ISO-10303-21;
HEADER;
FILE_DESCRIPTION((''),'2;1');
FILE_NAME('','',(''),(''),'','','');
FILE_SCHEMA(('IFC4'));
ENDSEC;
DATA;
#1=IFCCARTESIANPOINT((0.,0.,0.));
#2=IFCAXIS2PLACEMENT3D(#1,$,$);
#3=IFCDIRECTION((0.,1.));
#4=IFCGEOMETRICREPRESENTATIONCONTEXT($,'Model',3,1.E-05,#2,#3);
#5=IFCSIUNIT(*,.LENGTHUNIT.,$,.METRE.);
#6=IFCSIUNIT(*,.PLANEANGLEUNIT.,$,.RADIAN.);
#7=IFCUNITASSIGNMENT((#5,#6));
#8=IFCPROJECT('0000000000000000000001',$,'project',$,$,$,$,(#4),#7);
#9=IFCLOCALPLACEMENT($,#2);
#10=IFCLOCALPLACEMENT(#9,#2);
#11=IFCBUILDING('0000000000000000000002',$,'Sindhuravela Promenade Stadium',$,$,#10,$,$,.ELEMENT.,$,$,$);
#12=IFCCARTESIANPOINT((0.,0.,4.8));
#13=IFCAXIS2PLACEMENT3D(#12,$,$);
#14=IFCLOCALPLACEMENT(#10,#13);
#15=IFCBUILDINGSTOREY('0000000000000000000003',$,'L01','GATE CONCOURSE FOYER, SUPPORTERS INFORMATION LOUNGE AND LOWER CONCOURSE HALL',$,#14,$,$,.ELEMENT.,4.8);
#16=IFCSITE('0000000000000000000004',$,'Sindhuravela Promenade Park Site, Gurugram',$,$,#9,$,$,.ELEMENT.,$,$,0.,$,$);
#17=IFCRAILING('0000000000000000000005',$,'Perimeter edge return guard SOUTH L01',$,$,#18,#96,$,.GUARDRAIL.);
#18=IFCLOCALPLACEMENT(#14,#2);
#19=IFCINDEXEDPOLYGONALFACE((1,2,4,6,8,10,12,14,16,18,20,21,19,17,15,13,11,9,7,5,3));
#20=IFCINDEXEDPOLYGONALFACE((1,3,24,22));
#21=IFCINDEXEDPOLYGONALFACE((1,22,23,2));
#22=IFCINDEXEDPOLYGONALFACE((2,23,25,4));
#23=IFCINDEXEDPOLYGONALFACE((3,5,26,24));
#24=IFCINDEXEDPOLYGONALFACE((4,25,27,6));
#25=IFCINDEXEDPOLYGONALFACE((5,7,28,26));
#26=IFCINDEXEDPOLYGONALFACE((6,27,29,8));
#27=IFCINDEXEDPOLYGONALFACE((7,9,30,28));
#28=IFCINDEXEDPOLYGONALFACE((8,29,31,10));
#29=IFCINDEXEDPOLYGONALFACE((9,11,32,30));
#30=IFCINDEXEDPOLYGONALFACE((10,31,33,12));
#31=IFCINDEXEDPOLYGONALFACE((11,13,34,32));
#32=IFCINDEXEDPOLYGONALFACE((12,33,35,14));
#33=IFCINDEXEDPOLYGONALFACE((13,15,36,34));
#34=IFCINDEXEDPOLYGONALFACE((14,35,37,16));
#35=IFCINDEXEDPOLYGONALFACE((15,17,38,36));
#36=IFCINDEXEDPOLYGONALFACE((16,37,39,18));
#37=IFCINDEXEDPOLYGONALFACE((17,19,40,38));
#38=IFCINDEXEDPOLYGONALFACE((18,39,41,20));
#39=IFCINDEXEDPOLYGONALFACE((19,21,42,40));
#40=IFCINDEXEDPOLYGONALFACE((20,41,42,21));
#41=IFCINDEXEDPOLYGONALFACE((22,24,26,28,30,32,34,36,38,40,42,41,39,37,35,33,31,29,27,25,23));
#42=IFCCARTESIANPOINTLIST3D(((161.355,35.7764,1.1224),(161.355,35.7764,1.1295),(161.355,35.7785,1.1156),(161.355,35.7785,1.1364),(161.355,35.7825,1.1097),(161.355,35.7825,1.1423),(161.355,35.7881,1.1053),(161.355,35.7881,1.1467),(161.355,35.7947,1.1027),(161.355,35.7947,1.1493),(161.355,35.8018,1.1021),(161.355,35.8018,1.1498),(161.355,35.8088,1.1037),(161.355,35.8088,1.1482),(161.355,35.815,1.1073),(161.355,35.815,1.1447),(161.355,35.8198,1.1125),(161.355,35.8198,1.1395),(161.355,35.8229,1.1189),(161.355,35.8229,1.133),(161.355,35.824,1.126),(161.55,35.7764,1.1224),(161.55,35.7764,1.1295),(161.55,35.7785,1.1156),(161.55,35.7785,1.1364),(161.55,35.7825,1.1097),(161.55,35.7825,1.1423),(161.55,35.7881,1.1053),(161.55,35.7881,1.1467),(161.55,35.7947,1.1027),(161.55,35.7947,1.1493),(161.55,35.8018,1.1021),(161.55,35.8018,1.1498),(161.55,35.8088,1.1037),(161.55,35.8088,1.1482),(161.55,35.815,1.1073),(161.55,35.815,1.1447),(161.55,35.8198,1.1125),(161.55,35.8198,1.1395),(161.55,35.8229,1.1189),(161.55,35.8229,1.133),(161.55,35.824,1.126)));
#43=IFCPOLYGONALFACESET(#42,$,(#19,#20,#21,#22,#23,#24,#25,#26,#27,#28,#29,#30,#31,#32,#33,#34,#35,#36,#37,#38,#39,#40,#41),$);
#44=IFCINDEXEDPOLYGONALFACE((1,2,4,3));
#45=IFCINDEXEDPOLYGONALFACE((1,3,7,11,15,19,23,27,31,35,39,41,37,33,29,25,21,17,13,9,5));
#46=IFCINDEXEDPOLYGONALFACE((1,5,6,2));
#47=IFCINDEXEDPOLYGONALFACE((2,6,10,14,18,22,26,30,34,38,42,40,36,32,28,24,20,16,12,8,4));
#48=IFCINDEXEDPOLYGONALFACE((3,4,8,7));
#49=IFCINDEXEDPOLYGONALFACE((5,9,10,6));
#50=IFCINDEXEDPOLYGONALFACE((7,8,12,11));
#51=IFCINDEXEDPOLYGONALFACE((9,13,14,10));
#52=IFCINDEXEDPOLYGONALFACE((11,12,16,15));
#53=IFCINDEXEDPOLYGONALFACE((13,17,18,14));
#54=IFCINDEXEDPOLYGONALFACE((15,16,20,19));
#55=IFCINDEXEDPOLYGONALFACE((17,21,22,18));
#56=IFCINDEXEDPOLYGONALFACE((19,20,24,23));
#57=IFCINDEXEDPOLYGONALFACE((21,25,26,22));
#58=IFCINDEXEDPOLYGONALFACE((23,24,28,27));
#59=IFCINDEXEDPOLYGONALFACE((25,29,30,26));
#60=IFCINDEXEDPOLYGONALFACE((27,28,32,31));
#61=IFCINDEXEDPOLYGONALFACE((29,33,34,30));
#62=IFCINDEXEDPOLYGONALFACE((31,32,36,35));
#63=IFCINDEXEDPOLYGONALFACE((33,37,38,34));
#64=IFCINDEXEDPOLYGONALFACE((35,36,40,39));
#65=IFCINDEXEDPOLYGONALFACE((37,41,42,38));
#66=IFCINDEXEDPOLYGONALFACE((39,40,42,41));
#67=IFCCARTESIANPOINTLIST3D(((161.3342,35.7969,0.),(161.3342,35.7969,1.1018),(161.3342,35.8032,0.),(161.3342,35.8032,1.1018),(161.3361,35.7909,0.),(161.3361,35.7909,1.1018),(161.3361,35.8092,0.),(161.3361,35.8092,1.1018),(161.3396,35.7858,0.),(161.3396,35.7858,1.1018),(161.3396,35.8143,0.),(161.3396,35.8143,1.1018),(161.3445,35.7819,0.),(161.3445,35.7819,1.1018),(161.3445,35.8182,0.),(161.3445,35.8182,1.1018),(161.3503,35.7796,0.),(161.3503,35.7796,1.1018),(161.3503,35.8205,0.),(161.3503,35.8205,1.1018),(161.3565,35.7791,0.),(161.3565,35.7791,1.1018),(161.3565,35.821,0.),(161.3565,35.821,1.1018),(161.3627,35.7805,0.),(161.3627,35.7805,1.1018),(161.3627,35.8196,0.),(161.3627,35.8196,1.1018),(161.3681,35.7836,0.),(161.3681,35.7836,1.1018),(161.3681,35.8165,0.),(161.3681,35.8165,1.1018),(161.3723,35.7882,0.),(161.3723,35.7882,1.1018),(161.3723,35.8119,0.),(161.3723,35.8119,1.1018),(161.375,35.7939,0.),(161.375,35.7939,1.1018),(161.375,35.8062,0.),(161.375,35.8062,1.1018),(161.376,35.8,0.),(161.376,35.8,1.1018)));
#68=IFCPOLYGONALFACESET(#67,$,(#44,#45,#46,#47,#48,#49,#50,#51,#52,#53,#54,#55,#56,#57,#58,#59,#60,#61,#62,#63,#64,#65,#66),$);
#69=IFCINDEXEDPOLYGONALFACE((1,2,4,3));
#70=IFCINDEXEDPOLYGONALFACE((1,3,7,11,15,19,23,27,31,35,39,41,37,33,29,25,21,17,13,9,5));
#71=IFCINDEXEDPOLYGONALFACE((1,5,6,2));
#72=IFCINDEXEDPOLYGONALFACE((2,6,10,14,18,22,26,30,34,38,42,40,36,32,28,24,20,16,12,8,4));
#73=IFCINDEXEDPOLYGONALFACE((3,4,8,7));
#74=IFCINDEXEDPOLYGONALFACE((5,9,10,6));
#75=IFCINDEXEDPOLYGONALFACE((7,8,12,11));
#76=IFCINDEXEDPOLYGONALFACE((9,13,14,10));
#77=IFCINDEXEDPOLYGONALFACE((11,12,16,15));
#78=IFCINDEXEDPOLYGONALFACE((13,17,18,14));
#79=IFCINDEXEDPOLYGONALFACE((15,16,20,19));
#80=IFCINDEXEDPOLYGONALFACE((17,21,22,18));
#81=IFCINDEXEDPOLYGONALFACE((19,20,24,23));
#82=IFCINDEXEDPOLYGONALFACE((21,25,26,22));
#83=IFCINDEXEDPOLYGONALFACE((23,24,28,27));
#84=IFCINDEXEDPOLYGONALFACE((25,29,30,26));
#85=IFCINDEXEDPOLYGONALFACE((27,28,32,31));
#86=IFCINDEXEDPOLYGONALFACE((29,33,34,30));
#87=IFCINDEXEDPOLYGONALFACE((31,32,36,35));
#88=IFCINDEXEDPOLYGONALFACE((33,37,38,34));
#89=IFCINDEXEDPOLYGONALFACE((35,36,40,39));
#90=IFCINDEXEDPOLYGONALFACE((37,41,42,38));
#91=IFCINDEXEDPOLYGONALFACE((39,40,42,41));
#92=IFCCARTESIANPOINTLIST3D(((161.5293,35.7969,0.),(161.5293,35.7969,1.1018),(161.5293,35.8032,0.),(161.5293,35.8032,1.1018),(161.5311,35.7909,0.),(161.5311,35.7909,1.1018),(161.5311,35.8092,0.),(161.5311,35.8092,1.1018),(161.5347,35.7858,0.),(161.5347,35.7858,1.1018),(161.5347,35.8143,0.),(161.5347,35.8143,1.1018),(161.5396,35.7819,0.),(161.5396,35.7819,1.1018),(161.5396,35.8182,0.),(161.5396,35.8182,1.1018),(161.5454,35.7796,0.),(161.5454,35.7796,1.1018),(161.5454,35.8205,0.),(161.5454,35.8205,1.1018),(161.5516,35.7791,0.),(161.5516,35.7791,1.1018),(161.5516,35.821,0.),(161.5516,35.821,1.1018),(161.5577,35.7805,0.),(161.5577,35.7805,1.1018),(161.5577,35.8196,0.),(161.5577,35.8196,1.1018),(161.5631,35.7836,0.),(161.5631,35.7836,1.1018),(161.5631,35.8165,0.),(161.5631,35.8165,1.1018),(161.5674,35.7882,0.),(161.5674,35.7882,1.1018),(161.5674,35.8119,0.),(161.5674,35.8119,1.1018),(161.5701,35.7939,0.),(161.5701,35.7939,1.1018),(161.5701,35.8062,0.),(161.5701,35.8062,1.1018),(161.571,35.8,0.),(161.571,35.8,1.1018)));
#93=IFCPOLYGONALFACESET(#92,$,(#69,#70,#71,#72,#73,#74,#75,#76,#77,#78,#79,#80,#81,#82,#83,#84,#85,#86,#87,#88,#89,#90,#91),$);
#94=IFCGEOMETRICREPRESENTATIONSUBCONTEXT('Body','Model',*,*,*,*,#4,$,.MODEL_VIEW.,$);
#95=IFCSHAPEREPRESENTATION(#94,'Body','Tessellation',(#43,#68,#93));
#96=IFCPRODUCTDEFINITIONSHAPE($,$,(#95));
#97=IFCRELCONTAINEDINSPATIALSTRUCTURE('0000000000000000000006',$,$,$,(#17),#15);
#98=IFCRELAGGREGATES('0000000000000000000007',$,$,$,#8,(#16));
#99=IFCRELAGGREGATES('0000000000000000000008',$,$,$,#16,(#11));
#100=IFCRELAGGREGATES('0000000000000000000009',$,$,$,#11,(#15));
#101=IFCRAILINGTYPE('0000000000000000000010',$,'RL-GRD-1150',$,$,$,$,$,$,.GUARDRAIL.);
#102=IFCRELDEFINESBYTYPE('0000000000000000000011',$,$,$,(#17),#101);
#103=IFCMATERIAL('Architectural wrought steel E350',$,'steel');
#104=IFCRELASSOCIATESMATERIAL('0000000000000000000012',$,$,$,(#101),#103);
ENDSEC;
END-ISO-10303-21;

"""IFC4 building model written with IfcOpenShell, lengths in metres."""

from ifc_helpers import new_model, si_unit, direction, frame, origin, origin_2d, place, context, subcontext, project, spatial, circle, extrude, material, type_object, element, save


model = new_model("IFC4")

# Units and contexts
model_context = context("Model", 3, precision=1e-05, world=origin(), true_north=direction((0.0, 1.0)))
body_context = subcontext(model_context, "Body", "Model", "MODEL_VIEW")
ifc_project = project(units=[si_unit("LENGTHUNIT", "METRE"), si_unit("PLANEANGLEUNIT", "RADIAN")], contexts=[model_context])

# Site, building, storey
site_placement = place(None, origin())
site = spatial("IfcSite", under=ifc_project, at=site_placement, Name="Sindhuravela Promenade Park Site, Gurugram", CompositionType="ELEMENT", RefElevation=0.0)
building_placement = place(site_placement, origin())
building = spatial("IfcBuilding", under=site, at=building_placement, Name="Sindhuravela Promenade Stadium", CompositionType="ELEMENT")
storey_placement = place(building_placement, frame((0.0, 0.0, 4.8)))
storey = spatial("IfcBuildingStorey", under=building, at=storey_placement, Name="L01", Description="GATE CONCOURSE FOYER, SUPPORTERS INFORMATION LOUNGE AND LOWER CONCOURSE HALL", CompositionType="ELEMENT", Elevation=4.8)

# Railing
ifc_material_1 = material(Name="Architectural wrought steel E350", Category="steel")
railing_type_1 = type_object("IfcRailingType", Name="RL-GRD-1150", PredefinedType="GUARDRAIL", material=ifc_material_1)
railing_1_placement = place(storey_placement, frame((161.355, 35.8, 0.0)))
element("IfcRailing", 1, at=railing_1_placement, inside=storey, type_object=railing_type_1, Name="Perimeter edge return guard SOUTH L01", PredefinedType="GUARDRAIL", context=body_context, shape_type="SweptSolid", body=[
    extrude(circle(Radius=0.0239, at=origin_2d()), frame((0.0, 0.0, 1.126), z_axis=(1.0, 0.0, 0.0), x_axis=(0.0, 1.0, 0.0)), (0.0, 0.0, 1.0), 0.1951),
    extrude(circle(Radius=0.021, at=origin_2d()), origin(), (0.0, 0.0, 1.0), 1.1018),
    extrude(circle(Radius=0.021, at=origin_2d()), frame((0.1951, 0.0, 0.0)), (0.0, 0.0, 1.0), 1.1018),
])

save(model, "model.ifc")
